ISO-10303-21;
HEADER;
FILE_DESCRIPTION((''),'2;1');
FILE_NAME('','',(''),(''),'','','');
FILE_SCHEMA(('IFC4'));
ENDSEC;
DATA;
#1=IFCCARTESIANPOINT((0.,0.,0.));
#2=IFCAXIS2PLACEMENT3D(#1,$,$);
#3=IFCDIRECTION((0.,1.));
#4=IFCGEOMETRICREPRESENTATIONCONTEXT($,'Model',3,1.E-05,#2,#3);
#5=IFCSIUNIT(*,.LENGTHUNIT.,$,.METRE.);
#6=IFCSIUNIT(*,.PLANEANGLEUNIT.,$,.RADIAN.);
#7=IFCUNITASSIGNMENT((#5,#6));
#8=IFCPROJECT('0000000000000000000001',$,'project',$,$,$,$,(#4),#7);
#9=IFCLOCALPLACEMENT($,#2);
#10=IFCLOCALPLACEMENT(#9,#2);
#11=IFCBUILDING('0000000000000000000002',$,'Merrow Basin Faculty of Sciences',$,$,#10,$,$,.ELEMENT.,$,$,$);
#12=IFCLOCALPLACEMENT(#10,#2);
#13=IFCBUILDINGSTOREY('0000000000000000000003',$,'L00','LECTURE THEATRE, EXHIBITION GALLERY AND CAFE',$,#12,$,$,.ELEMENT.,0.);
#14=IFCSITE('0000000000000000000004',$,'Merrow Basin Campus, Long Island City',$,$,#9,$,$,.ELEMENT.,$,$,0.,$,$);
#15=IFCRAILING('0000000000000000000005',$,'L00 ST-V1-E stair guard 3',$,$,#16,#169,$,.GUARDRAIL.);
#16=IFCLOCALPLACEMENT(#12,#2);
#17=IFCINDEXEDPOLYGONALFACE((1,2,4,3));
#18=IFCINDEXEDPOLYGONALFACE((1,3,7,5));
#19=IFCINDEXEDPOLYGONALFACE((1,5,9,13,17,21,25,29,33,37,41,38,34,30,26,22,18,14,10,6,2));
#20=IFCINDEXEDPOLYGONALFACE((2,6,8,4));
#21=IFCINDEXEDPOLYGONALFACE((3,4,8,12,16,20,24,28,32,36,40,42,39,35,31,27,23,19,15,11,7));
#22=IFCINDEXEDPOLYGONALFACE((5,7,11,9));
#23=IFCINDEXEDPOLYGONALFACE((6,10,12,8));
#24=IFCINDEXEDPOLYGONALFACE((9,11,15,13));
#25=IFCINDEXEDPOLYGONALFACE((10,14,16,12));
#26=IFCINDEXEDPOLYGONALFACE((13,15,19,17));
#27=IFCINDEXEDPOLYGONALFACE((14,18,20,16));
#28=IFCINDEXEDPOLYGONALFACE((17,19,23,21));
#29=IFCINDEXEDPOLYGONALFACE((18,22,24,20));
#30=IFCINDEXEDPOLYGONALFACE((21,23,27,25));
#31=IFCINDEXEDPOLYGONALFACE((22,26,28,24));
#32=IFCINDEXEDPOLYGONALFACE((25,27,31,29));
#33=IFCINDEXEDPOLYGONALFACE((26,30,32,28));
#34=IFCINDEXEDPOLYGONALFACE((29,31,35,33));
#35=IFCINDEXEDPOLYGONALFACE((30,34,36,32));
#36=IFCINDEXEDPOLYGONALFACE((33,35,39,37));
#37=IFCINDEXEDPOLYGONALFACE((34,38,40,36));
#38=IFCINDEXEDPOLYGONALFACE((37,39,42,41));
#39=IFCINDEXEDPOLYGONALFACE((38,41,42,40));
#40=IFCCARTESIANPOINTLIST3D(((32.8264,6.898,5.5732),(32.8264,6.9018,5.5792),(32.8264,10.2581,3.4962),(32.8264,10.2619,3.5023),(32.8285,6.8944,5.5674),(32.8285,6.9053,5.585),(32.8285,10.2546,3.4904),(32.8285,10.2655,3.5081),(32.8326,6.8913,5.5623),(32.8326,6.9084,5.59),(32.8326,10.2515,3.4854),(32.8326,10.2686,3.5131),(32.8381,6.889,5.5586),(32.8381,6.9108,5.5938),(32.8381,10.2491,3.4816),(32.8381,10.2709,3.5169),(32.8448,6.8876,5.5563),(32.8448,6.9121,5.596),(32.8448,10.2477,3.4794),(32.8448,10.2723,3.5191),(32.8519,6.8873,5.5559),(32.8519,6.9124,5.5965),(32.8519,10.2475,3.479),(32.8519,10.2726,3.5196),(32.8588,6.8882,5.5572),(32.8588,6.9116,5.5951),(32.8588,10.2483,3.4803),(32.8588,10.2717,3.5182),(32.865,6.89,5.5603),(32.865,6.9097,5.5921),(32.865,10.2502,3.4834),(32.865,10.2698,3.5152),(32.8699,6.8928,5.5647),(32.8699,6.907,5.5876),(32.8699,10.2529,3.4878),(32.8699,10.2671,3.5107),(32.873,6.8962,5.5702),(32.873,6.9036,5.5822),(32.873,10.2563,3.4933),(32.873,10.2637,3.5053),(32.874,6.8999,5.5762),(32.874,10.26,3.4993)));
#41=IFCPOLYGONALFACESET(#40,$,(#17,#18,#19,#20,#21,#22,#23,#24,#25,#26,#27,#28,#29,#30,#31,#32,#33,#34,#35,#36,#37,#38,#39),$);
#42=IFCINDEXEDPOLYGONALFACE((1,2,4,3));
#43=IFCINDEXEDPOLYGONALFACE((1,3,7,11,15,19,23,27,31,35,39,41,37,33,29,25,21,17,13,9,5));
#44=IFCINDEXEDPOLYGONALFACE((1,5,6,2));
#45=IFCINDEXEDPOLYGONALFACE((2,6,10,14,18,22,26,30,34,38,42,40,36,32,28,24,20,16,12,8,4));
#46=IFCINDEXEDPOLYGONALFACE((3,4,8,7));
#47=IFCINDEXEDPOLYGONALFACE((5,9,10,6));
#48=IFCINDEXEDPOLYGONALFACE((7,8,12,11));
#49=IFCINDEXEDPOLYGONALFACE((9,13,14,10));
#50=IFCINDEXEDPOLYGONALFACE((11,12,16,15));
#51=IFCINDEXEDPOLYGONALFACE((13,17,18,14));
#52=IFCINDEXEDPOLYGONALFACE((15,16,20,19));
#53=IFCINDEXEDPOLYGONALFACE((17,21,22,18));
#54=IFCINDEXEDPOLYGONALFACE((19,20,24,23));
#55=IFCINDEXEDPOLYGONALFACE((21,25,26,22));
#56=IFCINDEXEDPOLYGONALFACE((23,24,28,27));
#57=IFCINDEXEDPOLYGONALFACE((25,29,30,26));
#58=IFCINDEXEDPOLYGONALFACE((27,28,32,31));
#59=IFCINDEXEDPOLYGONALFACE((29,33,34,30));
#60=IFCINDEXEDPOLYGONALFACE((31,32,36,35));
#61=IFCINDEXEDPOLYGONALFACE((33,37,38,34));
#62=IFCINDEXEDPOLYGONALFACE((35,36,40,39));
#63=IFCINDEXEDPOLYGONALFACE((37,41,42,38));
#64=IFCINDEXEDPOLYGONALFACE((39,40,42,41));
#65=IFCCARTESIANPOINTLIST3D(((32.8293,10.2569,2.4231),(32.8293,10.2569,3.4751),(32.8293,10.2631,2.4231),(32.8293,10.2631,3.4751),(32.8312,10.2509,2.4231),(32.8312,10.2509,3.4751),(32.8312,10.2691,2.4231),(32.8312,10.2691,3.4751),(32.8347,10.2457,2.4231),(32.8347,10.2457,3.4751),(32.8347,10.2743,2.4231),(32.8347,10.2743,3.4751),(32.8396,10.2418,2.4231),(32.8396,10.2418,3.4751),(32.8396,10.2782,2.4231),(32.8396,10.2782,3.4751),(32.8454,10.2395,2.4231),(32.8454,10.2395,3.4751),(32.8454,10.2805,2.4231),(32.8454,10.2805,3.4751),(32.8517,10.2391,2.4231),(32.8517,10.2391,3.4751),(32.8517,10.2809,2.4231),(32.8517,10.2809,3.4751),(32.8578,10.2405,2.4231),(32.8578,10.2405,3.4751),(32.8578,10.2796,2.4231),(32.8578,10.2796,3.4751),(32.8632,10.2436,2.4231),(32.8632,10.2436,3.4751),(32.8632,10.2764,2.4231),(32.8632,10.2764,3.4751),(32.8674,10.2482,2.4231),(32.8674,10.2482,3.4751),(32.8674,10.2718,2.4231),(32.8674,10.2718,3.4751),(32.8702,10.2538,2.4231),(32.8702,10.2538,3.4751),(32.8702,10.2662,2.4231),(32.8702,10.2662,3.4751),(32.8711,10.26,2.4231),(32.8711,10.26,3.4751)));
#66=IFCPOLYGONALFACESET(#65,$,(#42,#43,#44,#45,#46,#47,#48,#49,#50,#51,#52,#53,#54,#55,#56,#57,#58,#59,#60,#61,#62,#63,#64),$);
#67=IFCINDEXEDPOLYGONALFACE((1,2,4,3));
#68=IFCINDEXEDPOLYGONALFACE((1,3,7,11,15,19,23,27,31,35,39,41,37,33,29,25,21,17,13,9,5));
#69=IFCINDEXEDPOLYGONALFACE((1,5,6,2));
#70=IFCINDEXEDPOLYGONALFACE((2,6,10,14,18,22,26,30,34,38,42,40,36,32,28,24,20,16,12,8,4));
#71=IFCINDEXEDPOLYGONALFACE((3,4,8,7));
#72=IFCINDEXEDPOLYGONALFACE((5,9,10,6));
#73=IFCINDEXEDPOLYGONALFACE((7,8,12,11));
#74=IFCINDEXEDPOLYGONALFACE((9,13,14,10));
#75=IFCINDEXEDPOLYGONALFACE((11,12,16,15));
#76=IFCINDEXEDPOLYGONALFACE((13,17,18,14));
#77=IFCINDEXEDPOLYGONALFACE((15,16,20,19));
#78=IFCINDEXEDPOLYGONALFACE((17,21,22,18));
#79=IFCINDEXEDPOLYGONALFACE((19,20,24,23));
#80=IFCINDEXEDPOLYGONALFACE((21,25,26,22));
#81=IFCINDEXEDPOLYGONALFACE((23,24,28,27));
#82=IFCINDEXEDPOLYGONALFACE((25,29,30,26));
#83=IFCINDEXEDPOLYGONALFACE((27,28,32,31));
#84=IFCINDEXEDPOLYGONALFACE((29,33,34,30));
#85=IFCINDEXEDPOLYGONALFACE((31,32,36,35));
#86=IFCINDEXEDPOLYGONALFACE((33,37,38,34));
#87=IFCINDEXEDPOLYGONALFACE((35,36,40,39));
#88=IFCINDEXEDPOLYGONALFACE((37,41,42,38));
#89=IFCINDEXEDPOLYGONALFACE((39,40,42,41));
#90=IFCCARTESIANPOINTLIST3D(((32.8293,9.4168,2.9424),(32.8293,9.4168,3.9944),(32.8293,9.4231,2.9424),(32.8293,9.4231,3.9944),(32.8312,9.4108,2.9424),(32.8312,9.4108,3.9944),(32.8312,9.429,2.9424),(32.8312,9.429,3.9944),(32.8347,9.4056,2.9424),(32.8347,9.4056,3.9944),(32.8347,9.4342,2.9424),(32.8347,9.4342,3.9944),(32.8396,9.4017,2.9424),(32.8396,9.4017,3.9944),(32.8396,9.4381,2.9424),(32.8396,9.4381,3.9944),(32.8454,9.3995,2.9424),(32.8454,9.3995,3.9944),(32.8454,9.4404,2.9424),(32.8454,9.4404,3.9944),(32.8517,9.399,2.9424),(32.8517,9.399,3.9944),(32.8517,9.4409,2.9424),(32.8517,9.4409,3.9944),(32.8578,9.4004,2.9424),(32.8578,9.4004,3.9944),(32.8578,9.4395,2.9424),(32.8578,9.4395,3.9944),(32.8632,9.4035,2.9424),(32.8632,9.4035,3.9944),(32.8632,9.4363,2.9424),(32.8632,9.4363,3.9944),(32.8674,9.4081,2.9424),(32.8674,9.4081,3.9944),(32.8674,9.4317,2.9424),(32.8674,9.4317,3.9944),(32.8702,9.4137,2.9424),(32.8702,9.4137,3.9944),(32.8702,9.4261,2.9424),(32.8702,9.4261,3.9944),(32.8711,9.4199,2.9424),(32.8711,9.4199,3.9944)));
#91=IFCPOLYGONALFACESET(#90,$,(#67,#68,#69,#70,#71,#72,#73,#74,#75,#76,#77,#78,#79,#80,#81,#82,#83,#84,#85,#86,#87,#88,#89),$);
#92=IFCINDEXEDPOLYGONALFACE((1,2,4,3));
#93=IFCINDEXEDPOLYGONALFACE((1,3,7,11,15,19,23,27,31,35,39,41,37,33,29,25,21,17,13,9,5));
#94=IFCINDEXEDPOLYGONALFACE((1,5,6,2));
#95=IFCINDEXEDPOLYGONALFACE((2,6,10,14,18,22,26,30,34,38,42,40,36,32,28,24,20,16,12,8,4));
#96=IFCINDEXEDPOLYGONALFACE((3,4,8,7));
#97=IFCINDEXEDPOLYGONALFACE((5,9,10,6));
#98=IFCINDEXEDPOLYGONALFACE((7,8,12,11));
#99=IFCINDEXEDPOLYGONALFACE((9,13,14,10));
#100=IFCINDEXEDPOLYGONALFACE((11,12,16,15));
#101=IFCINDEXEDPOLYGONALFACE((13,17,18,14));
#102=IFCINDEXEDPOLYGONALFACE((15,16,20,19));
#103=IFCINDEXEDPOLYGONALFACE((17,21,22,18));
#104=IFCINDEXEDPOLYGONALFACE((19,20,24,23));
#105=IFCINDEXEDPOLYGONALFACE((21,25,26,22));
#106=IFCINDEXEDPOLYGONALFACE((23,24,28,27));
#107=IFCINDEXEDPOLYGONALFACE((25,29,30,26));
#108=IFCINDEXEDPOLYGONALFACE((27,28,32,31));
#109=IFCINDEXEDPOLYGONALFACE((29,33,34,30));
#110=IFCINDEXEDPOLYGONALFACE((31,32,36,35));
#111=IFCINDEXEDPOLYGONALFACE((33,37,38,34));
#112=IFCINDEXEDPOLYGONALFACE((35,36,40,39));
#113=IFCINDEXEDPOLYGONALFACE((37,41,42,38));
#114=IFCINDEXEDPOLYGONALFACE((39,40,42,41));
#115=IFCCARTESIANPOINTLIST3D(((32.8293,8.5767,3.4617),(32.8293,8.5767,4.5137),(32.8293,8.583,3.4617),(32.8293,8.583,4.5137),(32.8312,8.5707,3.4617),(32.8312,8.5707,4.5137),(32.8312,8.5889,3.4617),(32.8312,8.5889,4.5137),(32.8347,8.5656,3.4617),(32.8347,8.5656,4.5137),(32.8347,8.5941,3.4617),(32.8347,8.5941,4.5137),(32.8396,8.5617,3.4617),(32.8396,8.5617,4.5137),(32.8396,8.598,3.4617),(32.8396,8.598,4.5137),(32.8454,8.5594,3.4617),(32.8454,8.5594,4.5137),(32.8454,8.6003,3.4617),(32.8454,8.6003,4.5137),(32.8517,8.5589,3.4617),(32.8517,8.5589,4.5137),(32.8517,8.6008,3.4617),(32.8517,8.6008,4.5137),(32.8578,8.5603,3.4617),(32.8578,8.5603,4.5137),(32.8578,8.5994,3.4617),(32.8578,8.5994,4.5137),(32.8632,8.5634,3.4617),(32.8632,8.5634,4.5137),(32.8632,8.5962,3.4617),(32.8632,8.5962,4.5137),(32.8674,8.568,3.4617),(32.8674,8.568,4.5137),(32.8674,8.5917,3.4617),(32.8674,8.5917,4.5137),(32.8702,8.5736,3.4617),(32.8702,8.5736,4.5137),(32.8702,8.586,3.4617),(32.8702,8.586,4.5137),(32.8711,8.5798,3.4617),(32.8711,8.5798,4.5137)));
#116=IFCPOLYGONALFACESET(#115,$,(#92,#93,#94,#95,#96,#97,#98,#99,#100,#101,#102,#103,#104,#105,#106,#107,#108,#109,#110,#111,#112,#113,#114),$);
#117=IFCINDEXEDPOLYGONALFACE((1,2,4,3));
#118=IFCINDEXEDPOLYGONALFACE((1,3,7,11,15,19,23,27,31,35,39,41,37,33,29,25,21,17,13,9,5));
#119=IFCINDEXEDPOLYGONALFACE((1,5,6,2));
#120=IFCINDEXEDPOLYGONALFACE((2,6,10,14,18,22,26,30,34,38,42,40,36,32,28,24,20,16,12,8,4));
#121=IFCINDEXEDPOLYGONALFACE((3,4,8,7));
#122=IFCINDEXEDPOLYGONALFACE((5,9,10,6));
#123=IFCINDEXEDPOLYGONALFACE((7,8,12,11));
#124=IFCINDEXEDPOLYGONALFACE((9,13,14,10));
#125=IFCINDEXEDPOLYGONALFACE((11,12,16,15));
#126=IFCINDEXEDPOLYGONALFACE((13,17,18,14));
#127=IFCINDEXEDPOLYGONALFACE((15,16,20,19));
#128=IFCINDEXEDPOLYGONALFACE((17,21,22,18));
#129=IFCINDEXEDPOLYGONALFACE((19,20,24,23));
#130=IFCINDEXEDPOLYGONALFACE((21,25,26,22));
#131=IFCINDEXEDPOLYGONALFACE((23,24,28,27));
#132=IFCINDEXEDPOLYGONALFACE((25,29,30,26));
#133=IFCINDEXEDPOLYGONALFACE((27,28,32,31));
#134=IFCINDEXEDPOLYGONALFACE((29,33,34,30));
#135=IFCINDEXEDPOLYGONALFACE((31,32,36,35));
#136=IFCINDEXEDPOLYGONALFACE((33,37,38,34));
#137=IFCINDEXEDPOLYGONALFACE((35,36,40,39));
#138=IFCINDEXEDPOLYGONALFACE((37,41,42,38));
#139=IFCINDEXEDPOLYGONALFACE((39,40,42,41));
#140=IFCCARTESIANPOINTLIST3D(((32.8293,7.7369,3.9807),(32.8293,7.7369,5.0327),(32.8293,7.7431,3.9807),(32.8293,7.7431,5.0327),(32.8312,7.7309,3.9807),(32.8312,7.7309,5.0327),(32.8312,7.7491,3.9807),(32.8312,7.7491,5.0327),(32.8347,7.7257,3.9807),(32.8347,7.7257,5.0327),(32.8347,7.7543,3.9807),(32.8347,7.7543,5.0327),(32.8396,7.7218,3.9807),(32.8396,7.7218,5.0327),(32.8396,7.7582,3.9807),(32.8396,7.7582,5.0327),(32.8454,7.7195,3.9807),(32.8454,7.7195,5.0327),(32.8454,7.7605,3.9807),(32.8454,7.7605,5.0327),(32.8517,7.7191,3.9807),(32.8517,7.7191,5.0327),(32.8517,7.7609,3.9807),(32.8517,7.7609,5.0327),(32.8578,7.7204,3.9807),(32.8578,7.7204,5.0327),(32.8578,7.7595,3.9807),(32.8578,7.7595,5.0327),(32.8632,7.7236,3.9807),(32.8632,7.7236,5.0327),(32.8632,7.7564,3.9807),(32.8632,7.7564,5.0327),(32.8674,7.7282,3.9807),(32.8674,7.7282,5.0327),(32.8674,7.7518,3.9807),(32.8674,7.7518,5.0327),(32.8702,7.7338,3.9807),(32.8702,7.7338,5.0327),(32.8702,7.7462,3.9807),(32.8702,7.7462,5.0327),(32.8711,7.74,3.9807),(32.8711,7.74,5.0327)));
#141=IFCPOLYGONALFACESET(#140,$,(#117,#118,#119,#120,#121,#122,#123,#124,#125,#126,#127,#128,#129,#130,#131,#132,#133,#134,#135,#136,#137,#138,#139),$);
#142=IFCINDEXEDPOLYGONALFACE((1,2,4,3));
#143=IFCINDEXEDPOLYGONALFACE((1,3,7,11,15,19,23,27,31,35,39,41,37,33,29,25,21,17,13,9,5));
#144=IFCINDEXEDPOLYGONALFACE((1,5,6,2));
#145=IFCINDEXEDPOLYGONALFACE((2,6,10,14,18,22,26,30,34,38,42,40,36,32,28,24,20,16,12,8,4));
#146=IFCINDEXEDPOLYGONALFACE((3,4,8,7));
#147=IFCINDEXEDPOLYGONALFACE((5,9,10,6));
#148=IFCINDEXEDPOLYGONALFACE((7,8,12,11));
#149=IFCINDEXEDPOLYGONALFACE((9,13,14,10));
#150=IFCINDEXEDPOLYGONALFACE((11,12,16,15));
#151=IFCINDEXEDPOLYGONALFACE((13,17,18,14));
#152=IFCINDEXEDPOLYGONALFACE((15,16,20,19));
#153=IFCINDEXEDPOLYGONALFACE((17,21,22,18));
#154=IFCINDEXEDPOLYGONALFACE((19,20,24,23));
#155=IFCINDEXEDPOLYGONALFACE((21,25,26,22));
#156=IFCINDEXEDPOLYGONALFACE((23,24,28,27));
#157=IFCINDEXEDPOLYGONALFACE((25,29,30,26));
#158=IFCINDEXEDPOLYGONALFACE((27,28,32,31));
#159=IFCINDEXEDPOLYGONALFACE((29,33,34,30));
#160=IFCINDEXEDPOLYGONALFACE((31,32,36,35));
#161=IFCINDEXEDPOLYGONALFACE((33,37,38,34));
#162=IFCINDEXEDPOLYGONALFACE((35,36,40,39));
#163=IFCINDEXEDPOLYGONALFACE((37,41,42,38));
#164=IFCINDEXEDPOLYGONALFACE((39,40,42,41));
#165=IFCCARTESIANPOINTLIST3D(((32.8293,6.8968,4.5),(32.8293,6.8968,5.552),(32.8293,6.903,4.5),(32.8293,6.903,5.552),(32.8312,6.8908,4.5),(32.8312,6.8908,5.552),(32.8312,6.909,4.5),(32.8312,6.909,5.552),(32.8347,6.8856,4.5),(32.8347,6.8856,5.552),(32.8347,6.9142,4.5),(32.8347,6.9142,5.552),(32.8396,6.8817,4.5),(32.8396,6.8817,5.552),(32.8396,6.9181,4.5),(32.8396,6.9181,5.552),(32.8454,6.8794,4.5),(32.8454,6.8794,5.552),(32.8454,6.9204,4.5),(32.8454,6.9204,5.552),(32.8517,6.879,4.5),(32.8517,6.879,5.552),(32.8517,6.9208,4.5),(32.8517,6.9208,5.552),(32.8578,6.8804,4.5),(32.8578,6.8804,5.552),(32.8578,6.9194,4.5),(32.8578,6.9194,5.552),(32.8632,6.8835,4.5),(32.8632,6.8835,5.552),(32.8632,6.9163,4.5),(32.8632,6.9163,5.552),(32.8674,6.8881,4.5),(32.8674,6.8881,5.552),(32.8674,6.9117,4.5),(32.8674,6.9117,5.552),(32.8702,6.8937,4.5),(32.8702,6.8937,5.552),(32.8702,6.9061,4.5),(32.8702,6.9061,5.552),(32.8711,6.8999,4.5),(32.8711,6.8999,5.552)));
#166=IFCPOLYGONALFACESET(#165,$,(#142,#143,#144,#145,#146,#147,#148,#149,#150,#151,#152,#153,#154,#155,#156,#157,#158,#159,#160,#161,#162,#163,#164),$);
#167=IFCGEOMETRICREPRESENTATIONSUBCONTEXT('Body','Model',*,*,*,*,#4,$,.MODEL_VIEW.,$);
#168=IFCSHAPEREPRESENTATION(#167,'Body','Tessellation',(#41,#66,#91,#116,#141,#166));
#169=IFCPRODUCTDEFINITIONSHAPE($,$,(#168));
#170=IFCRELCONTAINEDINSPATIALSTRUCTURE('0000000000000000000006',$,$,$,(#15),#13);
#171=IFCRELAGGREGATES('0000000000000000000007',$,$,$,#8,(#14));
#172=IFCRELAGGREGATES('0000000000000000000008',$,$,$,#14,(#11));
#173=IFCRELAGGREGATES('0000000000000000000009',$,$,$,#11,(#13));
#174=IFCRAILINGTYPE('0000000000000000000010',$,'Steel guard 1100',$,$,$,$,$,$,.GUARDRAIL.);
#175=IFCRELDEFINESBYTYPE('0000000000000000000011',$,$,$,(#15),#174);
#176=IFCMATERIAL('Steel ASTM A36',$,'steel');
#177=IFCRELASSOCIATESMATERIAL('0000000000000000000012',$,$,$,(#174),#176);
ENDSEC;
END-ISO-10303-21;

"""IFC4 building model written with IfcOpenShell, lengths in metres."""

from ifc_helpers import new_model, si_unit, direction, frame, origin, origin_2d, place, context, subcontext, project, spatial, circle, extrude, material, type_object, element, save


model = new_model("IFC4")

# Units and contexts
model_context = context("Model", 3, precision=1e-05, world=origin(), true_north=direction((0.0, 1.0)))
body_context = subcontext(model_context, "Body", "Model", "MODEL_VIEW")
ifc_project = project(units=[si_unit("LENGTHUNIT", "METRE"), si_unit("PLANEANGLEUNIT", "RADIAN")], contexts=[model_context])

# Site, building, storey
site_placement = place(None, origin())
site = spatial("IfcSite", under=ifc_project, at=site_placement, Name="Merrow Basin Campus, Long Island City", CompositionType="ELEMENT", RefElevation=0.0)
building_placement = place(site_placement, origin())
building = spatial("IfcBuilding", under=site, at=building_placement, Name="Merrow Basin Faculty of Sciences", CompositionType="ELEMENT")
storey_placement = place(building_placement, origin())
storey = spatial("IfcBuildingStorey", under=building, at=storey_placement, Name="L00", Description="LECTURE THEATRE, EXHIBITION GALLERY AND CAFE", CompositionType="ELEMENT", Elevation=0.0)

# Railing
ifc_material_1 = material(Name="Steel ASTM A36", Category="steel")
railing_type_1 = type_object("IfcRailingType", Name="Steel guard 1100", PredefinedType="GUARDRAIL", material=ifc_material_1)
railing_1_placement = place(storey_placement, frame((32.8501, 10.26, 2.4231)))
element("IfcRailing", 1, at=railing_1_placement, inside=storey, type_object=railing_type_1, Name="L00 ST-V1-E stair guard 3", PredefinedType="GUARDRAIL", context=body_context, shape_type="SweptSolid", body=[
    extrude(circle(Radius=0.0239, at=origin_2d()), frame((0.0, 0.0, 1.0762), z_axis=(0.0, -0.850623, 0.525776), x_axis=(1.0, 0.0, 0.0)), (0.0, 0.0, 1.0), 3.9502),
    extrude(circle(Radius=0.021, at=origin_2d()), origin(), (0.0, 0.0, 1.0), 1.052),
    extrude(circle(Radius=0.021, at=origin_2d()), frame((0.0, -0.8401, 0.5193)), (0.0, 0.0, 1.0), 1.052),
    extrude(circle(Radius=0.021, at=origin_2d()), frame((0.0, -1.6802, 1.0386)), (0.0, 0.0, 1.0), 1.052),
    extrude(circle(Radius=0.021, at=origin_2d()), frame((0.0, -2.52, 1.5576)), (0.0, 0.0, 1.0), 1.052),
    extrude(circle(Radius=0.021, at=origin_2d()), frame((0.0, -3.3601, 2.0769)), (0.0, 0.0, 1.0), 1.052),
])

save(model, "model.ifc")
